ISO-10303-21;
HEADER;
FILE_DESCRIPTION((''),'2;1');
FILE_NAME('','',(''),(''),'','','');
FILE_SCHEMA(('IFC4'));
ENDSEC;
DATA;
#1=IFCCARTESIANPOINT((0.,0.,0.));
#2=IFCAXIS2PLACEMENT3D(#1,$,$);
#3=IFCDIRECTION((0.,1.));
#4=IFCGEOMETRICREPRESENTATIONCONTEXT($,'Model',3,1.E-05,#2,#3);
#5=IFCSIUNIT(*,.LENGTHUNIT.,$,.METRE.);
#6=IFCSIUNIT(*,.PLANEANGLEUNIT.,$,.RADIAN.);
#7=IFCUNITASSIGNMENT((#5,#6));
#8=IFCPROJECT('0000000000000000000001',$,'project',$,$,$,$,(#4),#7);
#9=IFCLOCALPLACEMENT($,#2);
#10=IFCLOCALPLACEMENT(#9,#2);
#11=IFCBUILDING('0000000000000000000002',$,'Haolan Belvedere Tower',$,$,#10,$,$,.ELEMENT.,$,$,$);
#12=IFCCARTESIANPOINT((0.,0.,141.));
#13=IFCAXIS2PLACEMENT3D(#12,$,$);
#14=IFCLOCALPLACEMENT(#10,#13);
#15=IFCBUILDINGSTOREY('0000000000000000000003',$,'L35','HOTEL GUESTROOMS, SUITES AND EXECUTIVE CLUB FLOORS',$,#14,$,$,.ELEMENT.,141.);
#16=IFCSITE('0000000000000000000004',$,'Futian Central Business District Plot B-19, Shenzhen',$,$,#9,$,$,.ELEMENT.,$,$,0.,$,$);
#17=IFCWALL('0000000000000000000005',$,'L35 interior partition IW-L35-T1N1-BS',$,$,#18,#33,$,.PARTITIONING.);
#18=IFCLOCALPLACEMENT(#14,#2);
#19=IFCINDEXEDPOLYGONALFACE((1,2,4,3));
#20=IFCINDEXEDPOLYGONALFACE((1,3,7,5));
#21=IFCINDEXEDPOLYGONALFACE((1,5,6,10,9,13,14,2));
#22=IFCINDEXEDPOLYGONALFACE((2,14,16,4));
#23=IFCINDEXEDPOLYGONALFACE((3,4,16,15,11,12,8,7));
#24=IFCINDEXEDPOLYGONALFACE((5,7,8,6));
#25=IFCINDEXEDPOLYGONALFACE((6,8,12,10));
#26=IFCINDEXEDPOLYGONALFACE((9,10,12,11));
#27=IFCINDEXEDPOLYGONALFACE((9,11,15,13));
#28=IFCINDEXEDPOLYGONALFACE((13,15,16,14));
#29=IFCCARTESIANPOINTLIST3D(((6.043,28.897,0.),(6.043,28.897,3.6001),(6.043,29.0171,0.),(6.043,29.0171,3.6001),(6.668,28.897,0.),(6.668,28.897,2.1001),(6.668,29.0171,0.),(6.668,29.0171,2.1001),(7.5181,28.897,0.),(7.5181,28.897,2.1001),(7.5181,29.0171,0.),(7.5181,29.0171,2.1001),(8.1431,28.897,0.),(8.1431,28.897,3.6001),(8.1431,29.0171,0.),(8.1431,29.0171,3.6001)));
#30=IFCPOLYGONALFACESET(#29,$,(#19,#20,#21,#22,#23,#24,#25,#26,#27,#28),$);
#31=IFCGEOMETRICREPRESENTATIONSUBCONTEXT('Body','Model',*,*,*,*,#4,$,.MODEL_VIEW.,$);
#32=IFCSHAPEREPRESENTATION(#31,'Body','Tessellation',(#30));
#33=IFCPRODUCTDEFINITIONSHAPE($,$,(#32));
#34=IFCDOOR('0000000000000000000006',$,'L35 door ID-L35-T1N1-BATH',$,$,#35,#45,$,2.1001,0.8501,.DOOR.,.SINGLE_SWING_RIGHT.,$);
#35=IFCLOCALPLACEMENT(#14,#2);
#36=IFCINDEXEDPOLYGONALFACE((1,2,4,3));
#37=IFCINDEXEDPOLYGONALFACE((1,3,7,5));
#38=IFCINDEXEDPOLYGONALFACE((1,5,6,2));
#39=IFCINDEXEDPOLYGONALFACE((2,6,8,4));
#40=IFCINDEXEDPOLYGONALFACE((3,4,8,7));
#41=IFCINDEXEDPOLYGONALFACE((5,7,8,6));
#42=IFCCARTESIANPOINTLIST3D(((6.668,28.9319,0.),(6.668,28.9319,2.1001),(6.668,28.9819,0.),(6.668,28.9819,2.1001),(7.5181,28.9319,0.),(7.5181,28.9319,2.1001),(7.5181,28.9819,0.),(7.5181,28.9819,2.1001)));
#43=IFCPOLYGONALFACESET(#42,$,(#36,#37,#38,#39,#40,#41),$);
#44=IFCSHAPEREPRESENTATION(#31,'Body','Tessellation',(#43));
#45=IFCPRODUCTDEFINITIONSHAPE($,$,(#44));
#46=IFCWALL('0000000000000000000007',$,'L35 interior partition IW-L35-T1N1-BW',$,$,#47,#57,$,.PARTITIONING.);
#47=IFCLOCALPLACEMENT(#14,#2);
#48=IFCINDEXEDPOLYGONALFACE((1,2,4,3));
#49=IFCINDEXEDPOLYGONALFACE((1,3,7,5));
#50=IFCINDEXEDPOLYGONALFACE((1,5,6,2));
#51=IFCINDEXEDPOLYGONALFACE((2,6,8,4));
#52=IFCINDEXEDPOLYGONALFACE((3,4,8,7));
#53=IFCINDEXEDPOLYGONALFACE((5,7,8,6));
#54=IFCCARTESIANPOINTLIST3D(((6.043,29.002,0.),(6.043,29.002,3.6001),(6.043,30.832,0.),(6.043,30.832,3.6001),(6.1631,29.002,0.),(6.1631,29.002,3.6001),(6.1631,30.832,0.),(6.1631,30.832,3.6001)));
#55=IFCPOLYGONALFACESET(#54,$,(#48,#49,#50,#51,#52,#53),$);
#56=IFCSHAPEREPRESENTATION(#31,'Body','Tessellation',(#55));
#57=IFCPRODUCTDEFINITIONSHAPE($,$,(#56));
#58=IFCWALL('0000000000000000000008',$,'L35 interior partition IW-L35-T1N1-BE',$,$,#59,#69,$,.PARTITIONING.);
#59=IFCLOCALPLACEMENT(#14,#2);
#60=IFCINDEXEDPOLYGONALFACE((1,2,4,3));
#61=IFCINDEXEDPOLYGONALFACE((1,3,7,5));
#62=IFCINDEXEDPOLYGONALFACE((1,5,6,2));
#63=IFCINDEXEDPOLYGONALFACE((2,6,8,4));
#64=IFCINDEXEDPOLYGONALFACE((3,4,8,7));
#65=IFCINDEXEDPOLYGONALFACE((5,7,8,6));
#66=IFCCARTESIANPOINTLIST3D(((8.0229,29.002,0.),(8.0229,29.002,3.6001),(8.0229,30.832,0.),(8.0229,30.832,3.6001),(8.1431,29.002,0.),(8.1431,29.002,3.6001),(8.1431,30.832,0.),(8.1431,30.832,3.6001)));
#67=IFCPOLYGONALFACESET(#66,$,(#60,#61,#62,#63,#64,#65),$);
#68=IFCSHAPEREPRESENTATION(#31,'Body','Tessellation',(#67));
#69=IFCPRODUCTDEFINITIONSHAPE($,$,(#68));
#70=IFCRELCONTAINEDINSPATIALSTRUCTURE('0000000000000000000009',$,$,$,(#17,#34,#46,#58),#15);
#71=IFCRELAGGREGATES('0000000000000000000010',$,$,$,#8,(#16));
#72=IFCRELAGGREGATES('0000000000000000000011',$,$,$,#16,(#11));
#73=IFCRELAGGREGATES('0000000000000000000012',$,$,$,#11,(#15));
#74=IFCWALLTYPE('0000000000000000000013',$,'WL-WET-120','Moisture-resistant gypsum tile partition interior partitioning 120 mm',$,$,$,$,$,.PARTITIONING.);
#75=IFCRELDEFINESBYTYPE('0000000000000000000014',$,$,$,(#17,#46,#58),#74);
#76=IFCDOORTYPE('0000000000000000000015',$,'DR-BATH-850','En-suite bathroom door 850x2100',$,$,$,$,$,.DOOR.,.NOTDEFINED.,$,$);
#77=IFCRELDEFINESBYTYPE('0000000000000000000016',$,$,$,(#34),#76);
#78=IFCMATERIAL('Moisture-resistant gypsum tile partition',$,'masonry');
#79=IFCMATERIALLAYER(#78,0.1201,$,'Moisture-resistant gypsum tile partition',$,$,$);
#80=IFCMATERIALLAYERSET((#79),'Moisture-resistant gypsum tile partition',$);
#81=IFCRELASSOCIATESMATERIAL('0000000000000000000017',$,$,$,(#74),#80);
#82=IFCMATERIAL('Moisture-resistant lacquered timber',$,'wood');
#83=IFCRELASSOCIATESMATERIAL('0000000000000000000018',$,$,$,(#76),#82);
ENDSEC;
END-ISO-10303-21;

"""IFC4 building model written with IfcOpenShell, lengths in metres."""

from ifc_helpers import new_model, si_unit, direction, frame, frame_2d, origin, place, context, subcontext, project, spatial, rectangle, extrude, material, layer, layer_set, type_object, element, fill, save


model = new_model("IFC4")

# Units and contexts
model_context = context("Model", 3, precision=1e-05, world=origin(), true_north=direction((0.0, 1.0)))
body_context = subcontext(model_context, "Body", "Model", "MODEL_VIEW")
ifc_project = project(units=[si_unit("LENGTHUNIT", "METRE"), si_unit("PLANEANGLEUNIT", "RADIAN")], contexts=[model_context])

# Site, building, storey
site_placement = place(None, origin())
site = spatial("IfcSite", under=ifc_project, at=site_placement, Name="Futian Central Business District Plot B-19, Shenzhen", CompositionType="ELEMENT", RefElevation=0.0)
building_placement = place(site_placement, origin())
building = spatial("IfcBuilding", under=site, at=building_placement, Name="Haolan Belvedere Tower", CompositionType="ELEMENT")
storey_placement = place(building_placement, frame((0.0, 0.0, 141.0)))
storey = spatial("IfcBuildingStorey", under=building, at=storey_placement, Name="L35", Description="HOTEL GUESTROOMS, SUITES AND EXECUTIVE CLUB FLOORS", CompositionType="ELEMENT", Elevation=141.0)

# Shared definitions
ifc_material_1 = material(Name="Moisture-resistant gypsum tile partition", Category="masonry")
ifc_layer_1 = layer(ifc_material_1, 0.1201, Name="Moisture-resistant gypsum tile partition")
ifc_layer_set_1 = layer_set([ifc_layer_1], Name="Moisture-resistant gypsum tile partition")
wall_type_1 = type_object("IfcWallType", Name="WL-WET-120", Description="Moisture-resistant gypsum tile partition interior partitioning 120 mm", PredefinedType="PARTITIONING", material=ifc_layer_set_1)

# Wall, opening, door
wall_1_placement = place(storey_placement, frame((6.043, 28.957, 0.0), z_axis=(0.0, 0.0, 1.0), x_axis=(1.0, 0.0, 0.0)))
wall_1 = element("IfcWall", 1, at=wall_1_placement, inside=storey, type_object=wall_type_1, Name="L35 interior partition IW-L35-T1N1-BS", PredefinedType="PARTITIONING", context=body_context, shape_type="SweptSolid", body=[
    extrude(rectangle(XDim=2.1001, YDim=0.1201, at=frame_2d((1.05, 0.0))), origin(), (0.0, 0.0, 1.0), 3.6001),
])
opening_1_placement = place(wall_1_placement, frame((0.625, 0.0, 0.0)))
opening_1 = element("IfcOpeningElement", 2, at=opening_1_placement, cuts=wall_1, PredefinedType="OPENING", context=body_context, shape_type="SweptSolid", body=[
    extrude(rectangle(XDim=0.8501, YDim=2.1001, at=frame_2d((0.425, 1.05))), frame((0.0, 0.0701, 0.0), z_axis=(0.0, -1.0, 0.0), x_axis=(1.0, 0.0, 0.0)), (0.0, 0.0, 1.0), 0.1401),
])
ifc_material_2 = material(Name="Moisture-resistant lacquered timber", Category="wood")
door_type_1 = type_object("IfcDoorType", Name="DR-BATH-850", Description="En-suite bathroom door 850x2100", OperationType="NOTDEFINED", PredefinedType="DOOR", material=ifc_material_2)
door_1_placement = place(opening_1_placement, origin())
door_1 = element("IfcDoor", 3, at=door_1_placement, inside=storey, type_object=door_type_1, Name="L35 door ID-L35-T1N1-BATH", OperationType="SINGLE_SWING_RIGHT", OverallHeight=2.1001, OverallWidth=0.8501, PredefinedType="DOOR", context=body_context, shape_type="SweptSolid", body=[
    extrude(rectangle(XDim=0.8501, YDim=2.1001, at=frame_2d((0.425, 1.05))), frame((0.0, 0.0249, 0.0), z_axis=(0.0, -1.0, 0.0), x_axis=(1.0, 0.0, 0.0)), (0.0, 0.0, 1.0), 0.05),
])
fill(opening_1, door_1)

# Walls
for number, where, z_axis, x_axis, name in (
    (4, (6.103, 29.002, 0.0), (0.0, 0.0, 1.0), (0.0, 1.0, 0.0), "L35 interior partition IW-L35-T1N1-BW"),
    (5, (8.083, 29.002, 0.0), (0.0, 0.0, 1.0), (0.0, 1.0, 0.0), "L35 interior partition IW-L35-T1N1-BE"),
):
    element("IfcWall", number, at=place(storey_placement, frame(where, z_axis=z_axis, x_axis=x_axis)), inside=storey, type_object=wall_type_1, Name=name, PredefinedType="PARTITIONING", context=body_context, shape_type="SweptSolid", body=[
        extrude(rectangle(XDim=1.8301, YDim=0.1201, at=frame_2d((0.915, 0.0))), origin(), (0.0, 0.0, 1.0), 3.6001),
    ])

save(model, "model.ifc")
